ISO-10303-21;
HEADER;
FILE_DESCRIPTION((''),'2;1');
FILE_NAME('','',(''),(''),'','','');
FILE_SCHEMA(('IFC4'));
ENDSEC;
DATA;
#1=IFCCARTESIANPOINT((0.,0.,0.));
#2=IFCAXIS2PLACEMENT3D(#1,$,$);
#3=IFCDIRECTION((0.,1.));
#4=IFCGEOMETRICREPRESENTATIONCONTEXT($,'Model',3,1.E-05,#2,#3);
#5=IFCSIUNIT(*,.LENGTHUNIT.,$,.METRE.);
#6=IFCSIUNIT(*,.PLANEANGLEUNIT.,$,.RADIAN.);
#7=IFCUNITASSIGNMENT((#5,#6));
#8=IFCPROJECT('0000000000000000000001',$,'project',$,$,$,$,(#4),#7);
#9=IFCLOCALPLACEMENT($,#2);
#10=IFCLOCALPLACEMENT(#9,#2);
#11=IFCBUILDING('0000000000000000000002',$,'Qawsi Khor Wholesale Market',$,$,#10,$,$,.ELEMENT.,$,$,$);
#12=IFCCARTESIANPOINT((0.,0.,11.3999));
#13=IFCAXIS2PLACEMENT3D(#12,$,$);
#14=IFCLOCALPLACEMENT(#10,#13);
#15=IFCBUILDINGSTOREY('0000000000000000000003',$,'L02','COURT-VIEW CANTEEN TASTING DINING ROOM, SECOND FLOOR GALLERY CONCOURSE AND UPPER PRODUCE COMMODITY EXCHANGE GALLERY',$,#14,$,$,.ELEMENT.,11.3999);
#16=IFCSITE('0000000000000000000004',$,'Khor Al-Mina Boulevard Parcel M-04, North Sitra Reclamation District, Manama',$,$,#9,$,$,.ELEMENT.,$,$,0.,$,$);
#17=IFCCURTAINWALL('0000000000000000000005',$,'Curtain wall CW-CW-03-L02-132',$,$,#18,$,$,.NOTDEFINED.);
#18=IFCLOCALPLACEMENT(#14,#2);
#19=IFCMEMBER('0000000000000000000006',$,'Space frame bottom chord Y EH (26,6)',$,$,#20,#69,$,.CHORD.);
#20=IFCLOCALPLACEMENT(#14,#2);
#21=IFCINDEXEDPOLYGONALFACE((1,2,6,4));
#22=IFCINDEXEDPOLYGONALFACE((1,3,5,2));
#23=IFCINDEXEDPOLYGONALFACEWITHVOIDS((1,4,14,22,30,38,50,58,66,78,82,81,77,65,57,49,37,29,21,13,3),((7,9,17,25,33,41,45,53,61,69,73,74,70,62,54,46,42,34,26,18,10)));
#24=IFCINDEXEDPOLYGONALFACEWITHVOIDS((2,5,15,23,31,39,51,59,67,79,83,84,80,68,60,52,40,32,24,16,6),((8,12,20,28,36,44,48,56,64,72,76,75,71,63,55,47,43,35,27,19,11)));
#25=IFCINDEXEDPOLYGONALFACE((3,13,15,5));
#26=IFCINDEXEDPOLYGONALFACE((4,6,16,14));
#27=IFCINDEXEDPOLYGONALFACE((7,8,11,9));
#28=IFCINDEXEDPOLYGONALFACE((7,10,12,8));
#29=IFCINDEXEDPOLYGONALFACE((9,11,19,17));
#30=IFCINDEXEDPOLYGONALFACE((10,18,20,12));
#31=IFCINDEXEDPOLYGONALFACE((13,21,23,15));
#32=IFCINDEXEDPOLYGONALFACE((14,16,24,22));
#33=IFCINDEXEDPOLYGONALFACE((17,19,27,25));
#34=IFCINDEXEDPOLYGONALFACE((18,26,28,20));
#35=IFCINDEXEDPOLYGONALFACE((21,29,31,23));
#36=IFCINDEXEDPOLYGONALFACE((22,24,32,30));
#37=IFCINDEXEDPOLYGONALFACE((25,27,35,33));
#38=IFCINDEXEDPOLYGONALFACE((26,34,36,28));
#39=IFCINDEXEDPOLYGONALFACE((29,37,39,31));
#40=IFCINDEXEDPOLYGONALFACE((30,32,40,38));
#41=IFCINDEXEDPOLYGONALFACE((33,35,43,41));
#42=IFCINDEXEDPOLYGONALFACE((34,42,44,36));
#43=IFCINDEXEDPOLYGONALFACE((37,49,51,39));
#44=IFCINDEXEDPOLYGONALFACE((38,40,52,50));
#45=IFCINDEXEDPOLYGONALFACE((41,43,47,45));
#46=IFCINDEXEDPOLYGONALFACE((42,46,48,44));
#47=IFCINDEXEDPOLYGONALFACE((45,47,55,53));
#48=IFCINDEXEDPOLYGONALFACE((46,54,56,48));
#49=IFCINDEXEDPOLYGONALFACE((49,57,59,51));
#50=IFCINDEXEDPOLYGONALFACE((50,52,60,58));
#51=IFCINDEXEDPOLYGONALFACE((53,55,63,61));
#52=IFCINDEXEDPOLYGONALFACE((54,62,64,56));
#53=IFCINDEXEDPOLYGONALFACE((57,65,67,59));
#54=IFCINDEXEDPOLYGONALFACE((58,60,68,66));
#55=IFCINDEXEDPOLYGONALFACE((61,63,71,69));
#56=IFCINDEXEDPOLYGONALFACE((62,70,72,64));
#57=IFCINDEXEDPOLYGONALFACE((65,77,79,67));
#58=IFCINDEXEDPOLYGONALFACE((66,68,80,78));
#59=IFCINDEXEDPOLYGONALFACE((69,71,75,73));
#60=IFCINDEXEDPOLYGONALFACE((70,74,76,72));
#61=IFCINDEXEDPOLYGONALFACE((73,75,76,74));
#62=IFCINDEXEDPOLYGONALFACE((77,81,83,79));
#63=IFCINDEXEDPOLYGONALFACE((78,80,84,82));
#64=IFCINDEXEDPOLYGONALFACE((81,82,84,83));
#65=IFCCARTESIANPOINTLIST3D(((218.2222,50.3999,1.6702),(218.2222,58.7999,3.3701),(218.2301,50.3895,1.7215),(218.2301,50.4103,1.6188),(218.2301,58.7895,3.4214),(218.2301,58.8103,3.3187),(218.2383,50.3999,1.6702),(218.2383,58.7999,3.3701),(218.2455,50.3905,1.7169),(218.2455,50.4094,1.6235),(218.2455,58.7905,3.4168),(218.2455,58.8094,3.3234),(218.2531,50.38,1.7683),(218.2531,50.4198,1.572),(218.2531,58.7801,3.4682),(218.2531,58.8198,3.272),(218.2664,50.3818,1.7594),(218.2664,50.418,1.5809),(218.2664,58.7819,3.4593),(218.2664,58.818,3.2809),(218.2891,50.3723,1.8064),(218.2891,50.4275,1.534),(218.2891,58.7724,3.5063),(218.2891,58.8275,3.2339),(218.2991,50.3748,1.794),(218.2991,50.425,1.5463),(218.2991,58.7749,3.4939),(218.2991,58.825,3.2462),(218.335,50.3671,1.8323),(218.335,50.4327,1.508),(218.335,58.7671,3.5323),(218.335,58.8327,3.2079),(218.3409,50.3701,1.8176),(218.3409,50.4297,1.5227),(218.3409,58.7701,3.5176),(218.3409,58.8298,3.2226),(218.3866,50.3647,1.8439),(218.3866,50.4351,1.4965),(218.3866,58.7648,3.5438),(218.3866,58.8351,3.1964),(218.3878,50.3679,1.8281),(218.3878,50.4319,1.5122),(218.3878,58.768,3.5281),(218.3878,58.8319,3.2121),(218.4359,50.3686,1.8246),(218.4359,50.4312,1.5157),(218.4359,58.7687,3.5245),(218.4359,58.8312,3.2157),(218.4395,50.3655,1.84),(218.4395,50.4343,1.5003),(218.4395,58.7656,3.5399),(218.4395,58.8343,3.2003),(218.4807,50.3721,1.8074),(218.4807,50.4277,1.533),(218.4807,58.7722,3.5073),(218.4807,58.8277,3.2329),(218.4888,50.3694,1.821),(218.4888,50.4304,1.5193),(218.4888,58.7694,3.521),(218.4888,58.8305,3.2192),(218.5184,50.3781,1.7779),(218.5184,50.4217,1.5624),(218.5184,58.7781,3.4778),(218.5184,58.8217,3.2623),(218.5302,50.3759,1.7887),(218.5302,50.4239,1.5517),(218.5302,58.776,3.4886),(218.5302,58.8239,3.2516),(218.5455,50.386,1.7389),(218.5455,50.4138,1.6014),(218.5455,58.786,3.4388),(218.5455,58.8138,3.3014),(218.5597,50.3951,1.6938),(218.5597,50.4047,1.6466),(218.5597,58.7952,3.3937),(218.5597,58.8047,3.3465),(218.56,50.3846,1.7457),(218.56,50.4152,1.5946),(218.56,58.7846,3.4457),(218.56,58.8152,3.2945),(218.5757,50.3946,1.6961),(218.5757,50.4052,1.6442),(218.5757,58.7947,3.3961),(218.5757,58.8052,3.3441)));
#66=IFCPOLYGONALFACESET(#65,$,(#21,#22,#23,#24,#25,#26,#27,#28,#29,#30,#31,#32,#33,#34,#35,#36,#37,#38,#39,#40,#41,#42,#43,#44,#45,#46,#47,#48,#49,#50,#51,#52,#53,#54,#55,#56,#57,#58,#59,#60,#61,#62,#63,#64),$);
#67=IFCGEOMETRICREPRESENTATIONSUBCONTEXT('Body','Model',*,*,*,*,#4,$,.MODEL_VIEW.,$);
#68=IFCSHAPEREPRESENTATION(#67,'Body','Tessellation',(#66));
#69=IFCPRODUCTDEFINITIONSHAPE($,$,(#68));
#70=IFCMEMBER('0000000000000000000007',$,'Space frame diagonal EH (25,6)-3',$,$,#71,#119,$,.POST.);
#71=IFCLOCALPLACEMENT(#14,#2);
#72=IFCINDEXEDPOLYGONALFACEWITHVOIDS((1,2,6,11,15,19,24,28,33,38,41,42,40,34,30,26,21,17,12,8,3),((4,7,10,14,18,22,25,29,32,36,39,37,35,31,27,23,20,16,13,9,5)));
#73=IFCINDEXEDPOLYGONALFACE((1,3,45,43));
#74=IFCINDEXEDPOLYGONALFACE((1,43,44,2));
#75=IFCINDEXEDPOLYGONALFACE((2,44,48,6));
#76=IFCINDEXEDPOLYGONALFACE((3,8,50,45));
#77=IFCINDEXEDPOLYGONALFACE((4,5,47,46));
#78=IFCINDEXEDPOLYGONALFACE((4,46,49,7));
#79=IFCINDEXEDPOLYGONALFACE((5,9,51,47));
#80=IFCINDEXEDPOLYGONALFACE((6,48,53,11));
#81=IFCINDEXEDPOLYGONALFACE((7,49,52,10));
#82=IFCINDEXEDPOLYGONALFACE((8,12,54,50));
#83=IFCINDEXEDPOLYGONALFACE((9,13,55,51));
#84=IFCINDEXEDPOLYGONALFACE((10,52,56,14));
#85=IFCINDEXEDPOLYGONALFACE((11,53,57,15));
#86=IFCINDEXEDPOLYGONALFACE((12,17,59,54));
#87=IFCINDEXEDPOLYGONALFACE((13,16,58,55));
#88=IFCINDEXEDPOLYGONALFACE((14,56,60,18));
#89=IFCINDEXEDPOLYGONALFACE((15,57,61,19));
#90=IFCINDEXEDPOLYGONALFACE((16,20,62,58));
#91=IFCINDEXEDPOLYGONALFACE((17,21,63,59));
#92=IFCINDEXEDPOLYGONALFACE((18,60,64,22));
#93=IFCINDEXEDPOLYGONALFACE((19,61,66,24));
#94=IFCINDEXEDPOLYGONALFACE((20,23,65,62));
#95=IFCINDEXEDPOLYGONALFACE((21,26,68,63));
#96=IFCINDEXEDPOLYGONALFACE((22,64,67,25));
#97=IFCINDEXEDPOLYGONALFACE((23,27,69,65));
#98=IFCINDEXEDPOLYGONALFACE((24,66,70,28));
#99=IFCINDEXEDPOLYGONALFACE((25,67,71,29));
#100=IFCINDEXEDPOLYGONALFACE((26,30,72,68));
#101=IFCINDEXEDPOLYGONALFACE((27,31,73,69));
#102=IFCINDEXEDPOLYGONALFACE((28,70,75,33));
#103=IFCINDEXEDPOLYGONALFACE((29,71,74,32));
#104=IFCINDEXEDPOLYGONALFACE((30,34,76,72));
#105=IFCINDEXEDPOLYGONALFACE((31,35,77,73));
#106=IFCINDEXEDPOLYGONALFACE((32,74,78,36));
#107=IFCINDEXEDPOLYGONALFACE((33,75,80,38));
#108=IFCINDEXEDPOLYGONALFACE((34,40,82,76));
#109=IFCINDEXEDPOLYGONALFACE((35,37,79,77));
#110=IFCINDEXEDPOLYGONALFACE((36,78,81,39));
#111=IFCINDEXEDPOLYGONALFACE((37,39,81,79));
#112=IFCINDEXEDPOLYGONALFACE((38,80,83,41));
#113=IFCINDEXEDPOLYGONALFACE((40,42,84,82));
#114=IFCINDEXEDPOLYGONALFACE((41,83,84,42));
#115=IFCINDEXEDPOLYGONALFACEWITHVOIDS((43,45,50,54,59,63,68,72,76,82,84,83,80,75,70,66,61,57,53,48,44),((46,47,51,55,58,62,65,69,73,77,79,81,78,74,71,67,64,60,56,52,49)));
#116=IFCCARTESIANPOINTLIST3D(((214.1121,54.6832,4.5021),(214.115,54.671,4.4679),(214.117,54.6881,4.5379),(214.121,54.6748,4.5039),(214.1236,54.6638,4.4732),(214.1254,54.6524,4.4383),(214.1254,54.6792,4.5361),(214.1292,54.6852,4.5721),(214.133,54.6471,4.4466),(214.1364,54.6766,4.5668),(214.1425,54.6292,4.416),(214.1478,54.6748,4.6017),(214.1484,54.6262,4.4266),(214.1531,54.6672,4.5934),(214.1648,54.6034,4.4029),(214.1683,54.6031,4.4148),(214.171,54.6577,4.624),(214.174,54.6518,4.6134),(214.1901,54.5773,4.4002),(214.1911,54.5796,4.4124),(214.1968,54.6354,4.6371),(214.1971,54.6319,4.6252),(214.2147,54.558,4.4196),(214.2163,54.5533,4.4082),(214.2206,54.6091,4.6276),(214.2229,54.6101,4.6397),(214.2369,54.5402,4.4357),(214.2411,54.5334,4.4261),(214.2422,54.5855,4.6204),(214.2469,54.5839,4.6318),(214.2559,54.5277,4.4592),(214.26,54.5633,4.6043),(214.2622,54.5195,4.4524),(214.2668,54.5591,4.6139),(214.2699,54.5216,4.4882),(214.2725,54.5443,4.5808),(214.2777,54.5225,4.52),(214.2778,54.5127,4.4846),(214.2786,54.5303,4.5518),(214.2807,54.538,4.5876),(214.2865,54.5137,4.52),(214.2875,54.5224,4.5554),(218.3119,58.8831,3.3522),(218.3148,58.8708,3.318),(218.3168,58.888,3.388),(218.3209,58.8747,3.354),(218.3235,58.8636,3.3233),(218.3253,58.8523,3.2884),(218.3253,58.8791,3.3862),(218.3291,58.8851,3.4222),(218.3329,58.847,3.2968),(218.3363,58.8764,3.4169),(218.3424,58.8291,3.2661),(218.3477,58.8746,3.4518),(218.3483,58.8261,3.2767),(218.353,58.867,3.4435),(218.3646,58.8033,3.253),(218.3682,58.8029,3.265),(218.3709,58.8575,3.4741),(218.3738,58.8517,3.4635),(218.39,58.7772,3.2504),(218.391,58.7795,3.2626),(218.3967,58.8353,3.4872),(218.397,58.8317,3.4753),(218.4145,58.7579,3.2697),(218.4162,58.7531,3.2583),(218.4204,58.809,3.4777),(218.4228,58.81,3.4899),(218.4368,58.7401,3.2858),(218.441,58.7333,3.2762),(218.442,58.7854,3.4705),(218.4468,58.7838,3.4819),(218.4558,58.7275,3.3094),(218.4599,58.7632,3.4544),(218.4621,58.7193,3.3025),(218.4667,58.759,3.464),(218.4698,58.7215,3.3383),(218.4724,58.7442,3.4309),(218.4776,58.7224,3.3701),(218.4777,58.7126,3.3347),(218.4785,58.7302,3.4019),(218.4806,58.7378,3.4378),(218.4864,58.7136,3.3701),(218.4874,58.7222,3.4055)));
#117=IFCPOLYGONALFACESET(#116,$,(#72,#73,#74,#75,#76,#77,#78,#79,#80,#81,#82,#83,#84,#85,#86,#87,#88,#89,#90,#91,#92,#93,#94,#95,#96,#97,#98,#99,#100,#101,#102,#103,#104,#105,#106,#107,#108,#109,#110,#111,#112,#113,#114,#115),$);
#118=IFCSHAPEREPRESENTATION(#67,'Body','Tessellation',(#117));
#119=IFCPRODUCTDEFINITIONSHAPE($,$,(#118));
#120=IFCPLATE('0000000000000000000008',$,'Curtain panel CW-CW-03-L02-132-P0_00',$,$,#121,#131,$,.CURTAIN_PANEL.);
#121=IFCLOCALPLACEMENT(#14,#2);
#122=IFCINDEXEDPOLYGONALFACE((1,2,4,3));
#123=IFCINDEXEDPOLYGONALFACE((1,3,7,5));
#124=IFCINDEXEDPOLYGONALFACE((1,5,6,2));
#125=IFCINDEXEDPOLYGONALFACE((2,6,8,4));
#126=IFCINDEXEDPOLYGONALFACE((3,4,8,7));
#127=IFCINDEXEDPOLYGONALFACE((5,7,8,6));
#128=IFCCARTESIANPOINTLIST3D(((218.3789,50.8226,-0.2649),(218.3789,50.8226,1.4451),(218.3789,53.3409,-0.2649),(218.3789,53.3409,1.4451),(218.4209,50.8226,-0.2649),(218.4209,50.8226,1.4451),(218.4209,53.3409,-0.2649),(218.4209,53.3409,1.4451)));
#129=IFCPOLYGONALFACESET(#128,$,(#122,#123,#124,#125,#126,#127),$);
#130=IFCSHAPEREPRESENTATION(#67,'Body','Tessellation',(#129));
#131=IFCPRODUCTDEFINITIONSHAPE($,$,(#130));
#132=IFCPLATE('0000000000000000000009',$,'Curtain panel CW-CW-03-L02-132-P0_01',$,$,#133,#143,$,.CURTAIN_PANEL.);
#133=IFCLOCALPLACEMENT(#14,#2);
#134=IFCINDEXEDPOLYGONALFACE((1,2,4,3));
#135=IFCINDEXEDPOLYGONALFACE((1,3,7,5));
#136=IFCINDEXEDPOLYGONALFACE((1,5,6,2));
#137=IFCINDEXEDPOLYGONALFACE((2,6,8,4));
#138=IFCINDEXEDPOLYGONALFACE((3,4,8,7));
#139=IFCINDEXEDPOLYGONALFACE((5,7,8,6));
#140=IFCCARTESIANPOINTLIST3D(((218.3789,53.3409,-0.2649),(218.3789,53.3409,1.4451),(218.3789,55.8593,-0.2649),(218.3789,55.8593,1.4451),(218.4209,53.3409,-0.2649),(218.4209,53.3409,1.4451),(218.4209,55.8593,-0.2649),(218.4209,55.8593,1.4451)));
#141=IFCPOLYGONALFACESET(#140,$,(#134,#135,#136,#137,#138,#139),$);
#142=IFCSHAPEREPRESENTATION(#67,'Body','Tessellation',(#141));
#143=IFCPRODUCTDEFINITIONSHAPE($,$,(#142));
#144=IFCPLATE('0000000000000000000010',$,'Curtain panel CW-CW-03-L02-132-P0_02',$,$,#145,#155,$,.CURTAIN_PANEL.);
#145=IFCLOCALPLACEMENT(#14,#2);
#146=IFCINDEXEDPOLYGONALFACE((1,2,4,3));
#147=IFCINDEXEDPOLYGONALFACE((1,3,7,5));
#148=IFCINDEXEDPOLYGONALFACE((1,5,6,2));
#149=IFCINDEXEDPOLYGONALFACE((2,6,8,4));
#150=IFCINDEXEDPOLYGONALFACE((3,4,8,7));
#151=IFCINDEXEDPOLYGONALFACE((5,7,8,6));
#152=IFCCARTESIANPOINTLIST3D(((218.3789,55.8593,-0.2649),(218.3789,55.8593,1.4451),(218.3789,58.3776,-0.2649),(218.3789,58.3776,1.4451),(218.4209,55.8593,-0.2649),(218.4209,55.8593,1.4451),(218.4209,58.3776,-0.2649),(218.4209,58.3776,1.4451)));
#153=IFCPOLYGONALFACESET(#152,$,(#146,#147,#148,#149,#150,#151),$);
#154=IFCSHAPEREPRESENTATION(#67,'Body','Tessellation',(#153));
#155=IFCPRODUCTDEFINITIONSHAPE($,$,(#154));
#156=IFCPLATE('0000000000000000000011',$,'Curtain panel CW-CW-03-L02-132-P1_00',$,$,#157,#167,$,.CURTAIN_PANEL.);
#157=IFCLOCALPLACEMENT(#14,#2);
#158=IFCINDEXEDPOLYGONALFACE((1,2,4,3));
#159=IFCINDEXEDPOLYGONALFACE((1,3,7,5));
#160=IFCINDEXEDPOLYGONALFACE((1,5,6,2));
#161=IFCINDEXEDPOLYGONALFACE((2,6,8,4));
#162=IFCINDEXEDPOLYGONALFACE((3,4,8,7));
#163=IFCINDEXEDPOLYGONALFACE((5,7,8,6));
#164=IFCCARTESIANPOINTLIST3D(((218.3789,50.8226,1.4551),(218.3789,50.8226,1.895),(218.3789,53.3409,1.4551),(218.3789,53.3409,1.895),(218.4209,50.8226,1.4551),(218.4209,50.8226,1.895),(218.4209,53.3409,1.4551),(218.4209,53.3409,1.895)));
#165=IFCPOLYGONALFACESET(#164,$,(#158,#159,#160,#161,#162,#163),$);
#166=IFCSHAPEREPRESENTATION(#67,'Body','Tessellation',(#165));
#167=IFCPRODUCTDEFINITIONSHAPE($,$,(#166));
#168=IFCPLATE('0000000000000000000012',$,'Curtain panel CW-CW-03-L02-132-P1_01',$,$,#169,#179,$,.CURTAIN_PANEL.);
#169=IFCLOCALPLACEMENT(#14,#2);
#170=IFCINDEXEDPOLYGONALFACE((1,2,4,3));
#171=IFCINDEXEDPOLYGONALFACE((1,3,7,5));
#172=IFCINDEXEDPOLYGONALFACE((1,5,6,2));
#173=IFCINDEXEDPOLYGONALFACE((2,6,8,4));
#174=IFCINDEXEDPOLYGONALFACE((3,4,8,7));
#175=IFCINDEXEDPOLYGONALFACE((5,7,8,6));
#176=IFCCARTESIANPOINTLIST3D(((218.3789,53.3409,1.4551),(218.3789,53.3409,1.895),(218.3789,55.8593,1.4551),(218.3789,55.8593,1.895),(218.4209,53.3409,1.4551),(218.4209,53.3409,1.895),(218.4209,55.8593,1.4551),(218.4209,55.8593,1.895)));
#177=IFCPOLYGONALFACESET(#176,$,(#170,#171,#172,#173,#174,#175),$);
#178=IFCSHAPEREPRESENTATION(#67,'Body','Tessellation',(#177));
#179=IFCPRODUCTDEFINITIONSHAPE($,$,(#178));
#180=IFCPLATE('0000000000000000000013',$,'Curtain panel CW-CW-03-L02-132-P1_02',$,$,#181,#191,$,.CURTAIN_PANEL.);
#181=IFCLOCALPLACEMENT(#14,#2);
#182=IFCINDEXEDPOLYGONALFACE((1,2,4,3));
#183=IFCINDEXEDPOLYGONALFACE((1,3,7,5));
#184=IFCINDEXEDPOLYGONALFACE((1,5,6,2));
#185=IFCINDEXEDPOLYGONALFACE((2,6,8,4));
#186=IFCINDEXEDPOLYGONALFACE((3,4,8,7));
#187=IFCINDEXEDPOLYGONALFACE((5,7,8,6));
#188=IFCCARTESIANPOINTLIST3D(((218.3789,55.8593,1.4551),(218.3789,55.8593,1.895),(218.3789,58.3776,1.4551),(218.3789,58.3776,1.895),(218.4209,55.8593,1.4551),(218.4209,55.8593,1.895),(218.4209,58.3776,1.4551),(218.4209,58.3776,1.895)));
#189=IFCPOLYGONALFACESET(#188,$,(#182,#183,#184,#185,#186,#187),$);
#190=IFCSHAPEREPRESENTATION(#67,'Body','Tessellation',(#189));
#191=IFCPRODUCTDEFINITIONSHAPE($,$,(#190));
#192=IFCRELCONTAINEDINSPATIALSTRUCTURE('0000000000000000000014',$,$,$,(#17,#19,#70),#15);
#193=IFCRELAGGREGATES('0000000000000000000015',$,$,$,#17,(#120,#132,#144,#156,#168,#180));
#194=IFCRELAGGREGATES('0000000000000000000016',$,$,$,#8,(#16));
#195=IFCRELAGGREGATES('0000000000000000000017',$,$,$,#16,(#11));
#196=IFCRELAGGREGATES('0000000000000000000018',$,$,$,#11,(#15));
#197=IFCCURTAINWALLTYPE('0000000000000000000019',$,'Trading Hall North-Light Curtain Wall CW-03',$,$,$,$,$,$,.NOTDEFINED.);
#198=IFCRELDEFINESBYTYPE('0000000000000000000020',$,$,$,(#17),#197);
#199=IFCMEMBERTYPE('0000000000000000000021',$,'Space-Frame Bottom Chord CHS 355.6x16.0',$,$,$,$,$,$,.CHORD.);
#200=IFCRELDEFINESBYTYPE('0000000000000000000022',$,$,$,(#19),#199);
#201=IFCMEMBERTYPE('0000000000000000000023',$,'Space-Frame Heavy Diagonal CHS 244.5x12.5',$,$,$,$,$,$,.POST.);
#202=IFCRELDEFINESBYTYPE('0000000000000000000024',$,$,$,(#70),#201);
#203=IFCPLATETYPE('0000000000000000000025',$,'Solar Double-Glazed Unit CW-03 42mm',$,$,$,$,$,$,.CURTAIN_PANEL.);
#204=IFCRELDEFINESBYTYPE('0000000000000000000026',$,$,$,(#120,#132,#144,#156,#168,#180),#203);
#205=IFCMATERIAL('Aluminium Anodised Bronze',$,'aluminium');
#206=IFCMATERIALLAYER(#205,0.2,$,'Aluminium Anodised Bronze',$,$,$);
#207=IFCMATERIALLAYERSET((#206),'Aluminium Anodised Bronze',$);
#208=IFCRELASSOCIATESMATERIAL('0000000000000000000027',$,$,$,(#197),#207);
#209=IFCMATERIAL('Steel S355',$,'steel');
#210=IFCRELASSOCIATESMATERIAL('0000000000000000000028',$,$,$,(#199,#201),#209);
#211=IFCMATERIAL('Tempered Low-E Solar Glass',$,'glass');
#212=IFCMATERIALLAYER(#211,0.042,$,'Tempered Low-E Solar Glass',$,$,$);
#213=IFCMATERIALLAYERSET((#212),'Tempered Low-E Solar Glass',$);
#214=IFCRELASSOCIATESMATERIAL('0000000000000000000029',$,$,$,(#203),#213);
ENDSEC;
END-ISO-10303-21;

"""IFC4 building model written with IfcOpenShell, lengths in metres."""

from ifc_helpers import new_model, si_unit, direction, frame, frame_2d, origin, origin_2d, place, context, subcontext, project, spatial, rectangle, hollow_circle, extrude, material, layer, layer_set, material_profile, profile_set, type_object, element, aggregate, save


model = new_model("IFC4")

# Units and contexts
model_context = context("Model", 3, precision=1e-05, world=origin(), true_north=direction((0.0, 1.0)))
body_context = subcontext(model_context, "Body", "Model", "MODEL_VIEW")
ifc_project = project(units=[si_unit("LENGTHUNIT", "METRE"), si_unit("PLANEANGLEUNIT", "RADIAN")], contexts=[model_context])

# Site, building, storey
site_placement = place(None, origin())
site = spatial("IfcSite", under=ifc_project, at=site_placement, Name="Khor Al-Mina Boulevard Parcel M-04, North Sitra Reclamation District, Manama", CompositionType="ELEMENT", RefElevation=0.0)
building_placement = place(site_placement, origin())
building = spatial("IfcBuilding", under=site, at=building_placement, Name="Qawsi Khor Wholesale Market", CompositionType="ELEMENT")
storey_placement = place(building_placement, frame((0.0, 0.0, 11.3999)))
storey = spatial("IfcBuildingStorey", under=building, at=storey_placement, Name="L02", Description="COURT-VIEW CANTEEN TASTING DINING ROOM, SECOND FLOOR GALLERY CONCOURSE AND UPPER PRODUCE COMMODITY EXCHANGE GALLERY", CompositionType="ELEMENT", Elevation=11.3999)

# Curtain wall
ifc_material_1 = material(Name="Aluminium Anodised Bronze", Category="aluminium")
ifc_layer_1 = layer(ifc_material_1, 0.2, Name="Aluminium Anodised Bronze")
ifc_layer_set_1 = layer_set([ifc_layer_1], Name="Aluminium Anodised Bronze")
curtain_wall_type = type_object("IfcCurtainWallType", Name="Trading Hall North-Light Curtain Wall CW-03", PredefinedType="NOTDEFINED", material=ifc_layer_set_1)
curtain_wall_placement = place(storey_placement, origin())
curtain_wall = element("IfcCurtainWall", 1, at=curtain_wall_placement, inside=storey, type_object=curtain_wall_type, Name="Curtain wall CW-CW-03-L02-132", PredefinedType="NOTDEFINED")

# Members
ifc_material_2 = material(Name="Steel S355", Category="steel")
ifc_material_profile_1 = material_profile(ifc_material_2, hollow_circle(Radius=0.1777, WallThickness=0.0161, at=origin_2d()), Name="CHS 355.6x16.0")
ifc_profile_set_1 = profile_set([ifc_material_profile_1], Name="Steel S355")
member_type_1 = type_object("IfcMemberType", Name="Space-Frame Bottom Chord CHS 355.6x16.0", PredefinedType="CHORD", material=ifc_profile_set_1)
member_1_placement = place(storey_placement, frame((218.3999, 50.3999, 1.6702), z_axis=(0.0, 0.980131, 0.198351), x_axis=(-1.0, 0.0, 0.0)))
element("IfcMember", 2, at=member_1_placement, inside=storey, type_object=member_type_1, Name="Space frame bottom chord Y EH (26,6)", PredefinedType="CHORD", context=body_context, shape_type="SweptSolid", body=[
    extrude(hollow_circle(Radius=0.1777, WallThickness=0.0161, at=origin_2d()), origin(), (0.0, 0.0, 1.0), 8.5703),
])
ifc_material_profile_2 = material_profile(ifc_material_2, hollow_circle(Radius=0.1223, WallThickness=0.0125, at=origin_2d()), Name="CHS 244.5x12.5")
ifc_profile_set_2 = profile_set([ifc_material_profile_2], Name="Steel S355")
member_type_2 = type_object("IfcMemberType", Name="Space-Frame Heavy Diagonal CHS 244.5x12.5", PredefinedType="POST", material=ifc_profile_set_2)
member_2_placement = place(storey_placement, frame((218.3999, 58.8, 3.3701), z_axis=(-0.694217, -0.694217, 0.190069), x_axis=(0.707107, -0.707107, 0.0)))
element("IfcMember", 3, at=member_2_placement, inside=storey, type_object=member_type_2, Name="Space frame diagonal EH (25,6)-3", PredefinedType="POST", context=body_context, shape_type="SweptSolid", body=[
    extrude(hollow_circle(Radius=0.1223, WallThickness=0.0125, at=origin_2d()), origin(), (0.0, 0.0, 1.0), 6.0498),
])

# Plates
ifc_material_3 = material(Name="Tempered Low-E Solar Glass", Category="glass")
ifc_layer_2 = layer(ifc_material_3, 0.042, Name="Tempered Low-E Solar Glass")
ifc_layer_set_2 = layer_set([ifc_layer_2], Name="Tempered Low-E Solar Glass")
plate_type = type_object("IfcPlateType", Name="Solar Double-Glazed Unit CW-03 42mm", PredefinedType="CURTAIN_PANEL", material=ifc_layer_set_2)
plate_1_placement = place(storey_placement, frame((218.3999, 50.8225, -0.2649), z_axis=(0.0, 0.0, 1.0), x_axis=(0.0, 1.0, 0.0)))
plate_1 = element("IfcPlate", 4, at=plate_1_placement, type_object=plate_type, Name="Curtain panel CW-CW-03-L02-132-P0_00", PredefinedType="CURTAIN_PANEL", context=body_context, shape_type="SweptSolid", body=[
    extrude(rectangle(XDim=2.5183, YDim=0.042, at=frame_2d((1.2593, 0.0))), origin(), (0.0, 0.0, 1.0), 1.71),
])
plate_2_placement = place(storey_placement, frame((218.3999, 53.3408, -0.2649), z_axis=(0.0, 0.0, 1.0), x_axis=(0.0, 1.0, 0.0)))
plate_2 = element("IfcPlate", 5, at=plate_2_placement, type_object=plate_type, Name="Curtain panel CW-CW-03-L02-132-P0_01", PredefinedType="CURTAIN_PANEL", context=body_context, shape_type="SweptSolid", body=[
    extrude(rectangle(XDim=2.5183, YDim=0.042, at=frame_2d((1.2593, 0.0))), origin(), (0.0, 0.0, 1.0), 1.71),
])
plate_3_placement = place(storey_placement, frame((218.3999, 55.8591, -0.2649), z_axis=(0.0, 0.0, 1.0), x_axis=(0.0, 1.0, 0.0)))
plate_3 = element("IfcPlate", 6, at=plate_3_placement, type_object=plate_type, Name="Curtain panel CW-CW-03-L02-132-P0_02", PredefinedType="CURTAIN_PANEL", context=body_context, shape_type="SweptSolid", body=[
    extrude(rectangle(XDim=2.5183, YDim=0.042, at=frame_2d((1.2593, 0.0))), origin(), (0.0, 0.0, 1.0), 1.71),
])
plate_4_placement = place(storey_placement, frame((218.3999, 50.8225, 1.4551), z_axis=(0.0, 0.0, 1.0), x_axis=(0.0, 1.0, 0.0)))
plate_4 = element("IfcPlate", 7, at=plate_4_placement, type_object=plate_type, Name="Curtain panel CW-CW-03-L02-132-P1_00", PredefinedType="CURTAIN_PANEL", context=body_context, shape_type="SweptSolid", body=[
    extrude(rectangle(XDim=2.5183, YDim=0.042, at=frame_2d((1.2593, 0.0))), origin(), (0.0, 0.0, 1.0), 0.4399),
])
plate_5_placement = place(storey_placement, frame((218.3999, 53.3408, 1.4551), z_axis=(0.0, 0.0, 1.0), x_axis=(0.0, 1.0, 0.0)))
plate_5 = element("IfcPlate", 8, at=plate_5_placement, type_object=plate_type, Name="Curtain panel CW-CW-03-L02-132-P1_01", PredefinedType="CURTAIN_PANEL", context=body_context, shape_type="SweptSolid", body=[
    extrude(rectangle(XDim=2.5183, YDim=0.042, at=frame_2d((1.2593, 0.0))), origin(), (0.0, 0.0, 1.0), 0.4399),
])
plate_6_placement = place(storey_placement, frame((218.3999, 55.8591, 1.4551), z_axis=(0.0, 0.0, 1.0), x_axis=(0.0, 1.0, 0.0)))
plate_6 = element("IfcPlate", 9, at=plate_6_placement, type_object=plate_type, Name="Curtain panel CW-CW-03-L02-132-P1_02", PredefinedType="CURTAIN_PANEL", context=body_context, shape_type="SweptSolid", body=[
    extrude(rectangle(XDim=2.5183, YDim=0.042, at=frame_2d((1.2593, 0.0))), origin(), (0.0, 0.0, 1.0), 0.4399),
])
aggregate(curtain_wall, [plate_1, plate_2, plate_3, plate_4, plate_5, plate_6])

save(model, "model.ifc")
